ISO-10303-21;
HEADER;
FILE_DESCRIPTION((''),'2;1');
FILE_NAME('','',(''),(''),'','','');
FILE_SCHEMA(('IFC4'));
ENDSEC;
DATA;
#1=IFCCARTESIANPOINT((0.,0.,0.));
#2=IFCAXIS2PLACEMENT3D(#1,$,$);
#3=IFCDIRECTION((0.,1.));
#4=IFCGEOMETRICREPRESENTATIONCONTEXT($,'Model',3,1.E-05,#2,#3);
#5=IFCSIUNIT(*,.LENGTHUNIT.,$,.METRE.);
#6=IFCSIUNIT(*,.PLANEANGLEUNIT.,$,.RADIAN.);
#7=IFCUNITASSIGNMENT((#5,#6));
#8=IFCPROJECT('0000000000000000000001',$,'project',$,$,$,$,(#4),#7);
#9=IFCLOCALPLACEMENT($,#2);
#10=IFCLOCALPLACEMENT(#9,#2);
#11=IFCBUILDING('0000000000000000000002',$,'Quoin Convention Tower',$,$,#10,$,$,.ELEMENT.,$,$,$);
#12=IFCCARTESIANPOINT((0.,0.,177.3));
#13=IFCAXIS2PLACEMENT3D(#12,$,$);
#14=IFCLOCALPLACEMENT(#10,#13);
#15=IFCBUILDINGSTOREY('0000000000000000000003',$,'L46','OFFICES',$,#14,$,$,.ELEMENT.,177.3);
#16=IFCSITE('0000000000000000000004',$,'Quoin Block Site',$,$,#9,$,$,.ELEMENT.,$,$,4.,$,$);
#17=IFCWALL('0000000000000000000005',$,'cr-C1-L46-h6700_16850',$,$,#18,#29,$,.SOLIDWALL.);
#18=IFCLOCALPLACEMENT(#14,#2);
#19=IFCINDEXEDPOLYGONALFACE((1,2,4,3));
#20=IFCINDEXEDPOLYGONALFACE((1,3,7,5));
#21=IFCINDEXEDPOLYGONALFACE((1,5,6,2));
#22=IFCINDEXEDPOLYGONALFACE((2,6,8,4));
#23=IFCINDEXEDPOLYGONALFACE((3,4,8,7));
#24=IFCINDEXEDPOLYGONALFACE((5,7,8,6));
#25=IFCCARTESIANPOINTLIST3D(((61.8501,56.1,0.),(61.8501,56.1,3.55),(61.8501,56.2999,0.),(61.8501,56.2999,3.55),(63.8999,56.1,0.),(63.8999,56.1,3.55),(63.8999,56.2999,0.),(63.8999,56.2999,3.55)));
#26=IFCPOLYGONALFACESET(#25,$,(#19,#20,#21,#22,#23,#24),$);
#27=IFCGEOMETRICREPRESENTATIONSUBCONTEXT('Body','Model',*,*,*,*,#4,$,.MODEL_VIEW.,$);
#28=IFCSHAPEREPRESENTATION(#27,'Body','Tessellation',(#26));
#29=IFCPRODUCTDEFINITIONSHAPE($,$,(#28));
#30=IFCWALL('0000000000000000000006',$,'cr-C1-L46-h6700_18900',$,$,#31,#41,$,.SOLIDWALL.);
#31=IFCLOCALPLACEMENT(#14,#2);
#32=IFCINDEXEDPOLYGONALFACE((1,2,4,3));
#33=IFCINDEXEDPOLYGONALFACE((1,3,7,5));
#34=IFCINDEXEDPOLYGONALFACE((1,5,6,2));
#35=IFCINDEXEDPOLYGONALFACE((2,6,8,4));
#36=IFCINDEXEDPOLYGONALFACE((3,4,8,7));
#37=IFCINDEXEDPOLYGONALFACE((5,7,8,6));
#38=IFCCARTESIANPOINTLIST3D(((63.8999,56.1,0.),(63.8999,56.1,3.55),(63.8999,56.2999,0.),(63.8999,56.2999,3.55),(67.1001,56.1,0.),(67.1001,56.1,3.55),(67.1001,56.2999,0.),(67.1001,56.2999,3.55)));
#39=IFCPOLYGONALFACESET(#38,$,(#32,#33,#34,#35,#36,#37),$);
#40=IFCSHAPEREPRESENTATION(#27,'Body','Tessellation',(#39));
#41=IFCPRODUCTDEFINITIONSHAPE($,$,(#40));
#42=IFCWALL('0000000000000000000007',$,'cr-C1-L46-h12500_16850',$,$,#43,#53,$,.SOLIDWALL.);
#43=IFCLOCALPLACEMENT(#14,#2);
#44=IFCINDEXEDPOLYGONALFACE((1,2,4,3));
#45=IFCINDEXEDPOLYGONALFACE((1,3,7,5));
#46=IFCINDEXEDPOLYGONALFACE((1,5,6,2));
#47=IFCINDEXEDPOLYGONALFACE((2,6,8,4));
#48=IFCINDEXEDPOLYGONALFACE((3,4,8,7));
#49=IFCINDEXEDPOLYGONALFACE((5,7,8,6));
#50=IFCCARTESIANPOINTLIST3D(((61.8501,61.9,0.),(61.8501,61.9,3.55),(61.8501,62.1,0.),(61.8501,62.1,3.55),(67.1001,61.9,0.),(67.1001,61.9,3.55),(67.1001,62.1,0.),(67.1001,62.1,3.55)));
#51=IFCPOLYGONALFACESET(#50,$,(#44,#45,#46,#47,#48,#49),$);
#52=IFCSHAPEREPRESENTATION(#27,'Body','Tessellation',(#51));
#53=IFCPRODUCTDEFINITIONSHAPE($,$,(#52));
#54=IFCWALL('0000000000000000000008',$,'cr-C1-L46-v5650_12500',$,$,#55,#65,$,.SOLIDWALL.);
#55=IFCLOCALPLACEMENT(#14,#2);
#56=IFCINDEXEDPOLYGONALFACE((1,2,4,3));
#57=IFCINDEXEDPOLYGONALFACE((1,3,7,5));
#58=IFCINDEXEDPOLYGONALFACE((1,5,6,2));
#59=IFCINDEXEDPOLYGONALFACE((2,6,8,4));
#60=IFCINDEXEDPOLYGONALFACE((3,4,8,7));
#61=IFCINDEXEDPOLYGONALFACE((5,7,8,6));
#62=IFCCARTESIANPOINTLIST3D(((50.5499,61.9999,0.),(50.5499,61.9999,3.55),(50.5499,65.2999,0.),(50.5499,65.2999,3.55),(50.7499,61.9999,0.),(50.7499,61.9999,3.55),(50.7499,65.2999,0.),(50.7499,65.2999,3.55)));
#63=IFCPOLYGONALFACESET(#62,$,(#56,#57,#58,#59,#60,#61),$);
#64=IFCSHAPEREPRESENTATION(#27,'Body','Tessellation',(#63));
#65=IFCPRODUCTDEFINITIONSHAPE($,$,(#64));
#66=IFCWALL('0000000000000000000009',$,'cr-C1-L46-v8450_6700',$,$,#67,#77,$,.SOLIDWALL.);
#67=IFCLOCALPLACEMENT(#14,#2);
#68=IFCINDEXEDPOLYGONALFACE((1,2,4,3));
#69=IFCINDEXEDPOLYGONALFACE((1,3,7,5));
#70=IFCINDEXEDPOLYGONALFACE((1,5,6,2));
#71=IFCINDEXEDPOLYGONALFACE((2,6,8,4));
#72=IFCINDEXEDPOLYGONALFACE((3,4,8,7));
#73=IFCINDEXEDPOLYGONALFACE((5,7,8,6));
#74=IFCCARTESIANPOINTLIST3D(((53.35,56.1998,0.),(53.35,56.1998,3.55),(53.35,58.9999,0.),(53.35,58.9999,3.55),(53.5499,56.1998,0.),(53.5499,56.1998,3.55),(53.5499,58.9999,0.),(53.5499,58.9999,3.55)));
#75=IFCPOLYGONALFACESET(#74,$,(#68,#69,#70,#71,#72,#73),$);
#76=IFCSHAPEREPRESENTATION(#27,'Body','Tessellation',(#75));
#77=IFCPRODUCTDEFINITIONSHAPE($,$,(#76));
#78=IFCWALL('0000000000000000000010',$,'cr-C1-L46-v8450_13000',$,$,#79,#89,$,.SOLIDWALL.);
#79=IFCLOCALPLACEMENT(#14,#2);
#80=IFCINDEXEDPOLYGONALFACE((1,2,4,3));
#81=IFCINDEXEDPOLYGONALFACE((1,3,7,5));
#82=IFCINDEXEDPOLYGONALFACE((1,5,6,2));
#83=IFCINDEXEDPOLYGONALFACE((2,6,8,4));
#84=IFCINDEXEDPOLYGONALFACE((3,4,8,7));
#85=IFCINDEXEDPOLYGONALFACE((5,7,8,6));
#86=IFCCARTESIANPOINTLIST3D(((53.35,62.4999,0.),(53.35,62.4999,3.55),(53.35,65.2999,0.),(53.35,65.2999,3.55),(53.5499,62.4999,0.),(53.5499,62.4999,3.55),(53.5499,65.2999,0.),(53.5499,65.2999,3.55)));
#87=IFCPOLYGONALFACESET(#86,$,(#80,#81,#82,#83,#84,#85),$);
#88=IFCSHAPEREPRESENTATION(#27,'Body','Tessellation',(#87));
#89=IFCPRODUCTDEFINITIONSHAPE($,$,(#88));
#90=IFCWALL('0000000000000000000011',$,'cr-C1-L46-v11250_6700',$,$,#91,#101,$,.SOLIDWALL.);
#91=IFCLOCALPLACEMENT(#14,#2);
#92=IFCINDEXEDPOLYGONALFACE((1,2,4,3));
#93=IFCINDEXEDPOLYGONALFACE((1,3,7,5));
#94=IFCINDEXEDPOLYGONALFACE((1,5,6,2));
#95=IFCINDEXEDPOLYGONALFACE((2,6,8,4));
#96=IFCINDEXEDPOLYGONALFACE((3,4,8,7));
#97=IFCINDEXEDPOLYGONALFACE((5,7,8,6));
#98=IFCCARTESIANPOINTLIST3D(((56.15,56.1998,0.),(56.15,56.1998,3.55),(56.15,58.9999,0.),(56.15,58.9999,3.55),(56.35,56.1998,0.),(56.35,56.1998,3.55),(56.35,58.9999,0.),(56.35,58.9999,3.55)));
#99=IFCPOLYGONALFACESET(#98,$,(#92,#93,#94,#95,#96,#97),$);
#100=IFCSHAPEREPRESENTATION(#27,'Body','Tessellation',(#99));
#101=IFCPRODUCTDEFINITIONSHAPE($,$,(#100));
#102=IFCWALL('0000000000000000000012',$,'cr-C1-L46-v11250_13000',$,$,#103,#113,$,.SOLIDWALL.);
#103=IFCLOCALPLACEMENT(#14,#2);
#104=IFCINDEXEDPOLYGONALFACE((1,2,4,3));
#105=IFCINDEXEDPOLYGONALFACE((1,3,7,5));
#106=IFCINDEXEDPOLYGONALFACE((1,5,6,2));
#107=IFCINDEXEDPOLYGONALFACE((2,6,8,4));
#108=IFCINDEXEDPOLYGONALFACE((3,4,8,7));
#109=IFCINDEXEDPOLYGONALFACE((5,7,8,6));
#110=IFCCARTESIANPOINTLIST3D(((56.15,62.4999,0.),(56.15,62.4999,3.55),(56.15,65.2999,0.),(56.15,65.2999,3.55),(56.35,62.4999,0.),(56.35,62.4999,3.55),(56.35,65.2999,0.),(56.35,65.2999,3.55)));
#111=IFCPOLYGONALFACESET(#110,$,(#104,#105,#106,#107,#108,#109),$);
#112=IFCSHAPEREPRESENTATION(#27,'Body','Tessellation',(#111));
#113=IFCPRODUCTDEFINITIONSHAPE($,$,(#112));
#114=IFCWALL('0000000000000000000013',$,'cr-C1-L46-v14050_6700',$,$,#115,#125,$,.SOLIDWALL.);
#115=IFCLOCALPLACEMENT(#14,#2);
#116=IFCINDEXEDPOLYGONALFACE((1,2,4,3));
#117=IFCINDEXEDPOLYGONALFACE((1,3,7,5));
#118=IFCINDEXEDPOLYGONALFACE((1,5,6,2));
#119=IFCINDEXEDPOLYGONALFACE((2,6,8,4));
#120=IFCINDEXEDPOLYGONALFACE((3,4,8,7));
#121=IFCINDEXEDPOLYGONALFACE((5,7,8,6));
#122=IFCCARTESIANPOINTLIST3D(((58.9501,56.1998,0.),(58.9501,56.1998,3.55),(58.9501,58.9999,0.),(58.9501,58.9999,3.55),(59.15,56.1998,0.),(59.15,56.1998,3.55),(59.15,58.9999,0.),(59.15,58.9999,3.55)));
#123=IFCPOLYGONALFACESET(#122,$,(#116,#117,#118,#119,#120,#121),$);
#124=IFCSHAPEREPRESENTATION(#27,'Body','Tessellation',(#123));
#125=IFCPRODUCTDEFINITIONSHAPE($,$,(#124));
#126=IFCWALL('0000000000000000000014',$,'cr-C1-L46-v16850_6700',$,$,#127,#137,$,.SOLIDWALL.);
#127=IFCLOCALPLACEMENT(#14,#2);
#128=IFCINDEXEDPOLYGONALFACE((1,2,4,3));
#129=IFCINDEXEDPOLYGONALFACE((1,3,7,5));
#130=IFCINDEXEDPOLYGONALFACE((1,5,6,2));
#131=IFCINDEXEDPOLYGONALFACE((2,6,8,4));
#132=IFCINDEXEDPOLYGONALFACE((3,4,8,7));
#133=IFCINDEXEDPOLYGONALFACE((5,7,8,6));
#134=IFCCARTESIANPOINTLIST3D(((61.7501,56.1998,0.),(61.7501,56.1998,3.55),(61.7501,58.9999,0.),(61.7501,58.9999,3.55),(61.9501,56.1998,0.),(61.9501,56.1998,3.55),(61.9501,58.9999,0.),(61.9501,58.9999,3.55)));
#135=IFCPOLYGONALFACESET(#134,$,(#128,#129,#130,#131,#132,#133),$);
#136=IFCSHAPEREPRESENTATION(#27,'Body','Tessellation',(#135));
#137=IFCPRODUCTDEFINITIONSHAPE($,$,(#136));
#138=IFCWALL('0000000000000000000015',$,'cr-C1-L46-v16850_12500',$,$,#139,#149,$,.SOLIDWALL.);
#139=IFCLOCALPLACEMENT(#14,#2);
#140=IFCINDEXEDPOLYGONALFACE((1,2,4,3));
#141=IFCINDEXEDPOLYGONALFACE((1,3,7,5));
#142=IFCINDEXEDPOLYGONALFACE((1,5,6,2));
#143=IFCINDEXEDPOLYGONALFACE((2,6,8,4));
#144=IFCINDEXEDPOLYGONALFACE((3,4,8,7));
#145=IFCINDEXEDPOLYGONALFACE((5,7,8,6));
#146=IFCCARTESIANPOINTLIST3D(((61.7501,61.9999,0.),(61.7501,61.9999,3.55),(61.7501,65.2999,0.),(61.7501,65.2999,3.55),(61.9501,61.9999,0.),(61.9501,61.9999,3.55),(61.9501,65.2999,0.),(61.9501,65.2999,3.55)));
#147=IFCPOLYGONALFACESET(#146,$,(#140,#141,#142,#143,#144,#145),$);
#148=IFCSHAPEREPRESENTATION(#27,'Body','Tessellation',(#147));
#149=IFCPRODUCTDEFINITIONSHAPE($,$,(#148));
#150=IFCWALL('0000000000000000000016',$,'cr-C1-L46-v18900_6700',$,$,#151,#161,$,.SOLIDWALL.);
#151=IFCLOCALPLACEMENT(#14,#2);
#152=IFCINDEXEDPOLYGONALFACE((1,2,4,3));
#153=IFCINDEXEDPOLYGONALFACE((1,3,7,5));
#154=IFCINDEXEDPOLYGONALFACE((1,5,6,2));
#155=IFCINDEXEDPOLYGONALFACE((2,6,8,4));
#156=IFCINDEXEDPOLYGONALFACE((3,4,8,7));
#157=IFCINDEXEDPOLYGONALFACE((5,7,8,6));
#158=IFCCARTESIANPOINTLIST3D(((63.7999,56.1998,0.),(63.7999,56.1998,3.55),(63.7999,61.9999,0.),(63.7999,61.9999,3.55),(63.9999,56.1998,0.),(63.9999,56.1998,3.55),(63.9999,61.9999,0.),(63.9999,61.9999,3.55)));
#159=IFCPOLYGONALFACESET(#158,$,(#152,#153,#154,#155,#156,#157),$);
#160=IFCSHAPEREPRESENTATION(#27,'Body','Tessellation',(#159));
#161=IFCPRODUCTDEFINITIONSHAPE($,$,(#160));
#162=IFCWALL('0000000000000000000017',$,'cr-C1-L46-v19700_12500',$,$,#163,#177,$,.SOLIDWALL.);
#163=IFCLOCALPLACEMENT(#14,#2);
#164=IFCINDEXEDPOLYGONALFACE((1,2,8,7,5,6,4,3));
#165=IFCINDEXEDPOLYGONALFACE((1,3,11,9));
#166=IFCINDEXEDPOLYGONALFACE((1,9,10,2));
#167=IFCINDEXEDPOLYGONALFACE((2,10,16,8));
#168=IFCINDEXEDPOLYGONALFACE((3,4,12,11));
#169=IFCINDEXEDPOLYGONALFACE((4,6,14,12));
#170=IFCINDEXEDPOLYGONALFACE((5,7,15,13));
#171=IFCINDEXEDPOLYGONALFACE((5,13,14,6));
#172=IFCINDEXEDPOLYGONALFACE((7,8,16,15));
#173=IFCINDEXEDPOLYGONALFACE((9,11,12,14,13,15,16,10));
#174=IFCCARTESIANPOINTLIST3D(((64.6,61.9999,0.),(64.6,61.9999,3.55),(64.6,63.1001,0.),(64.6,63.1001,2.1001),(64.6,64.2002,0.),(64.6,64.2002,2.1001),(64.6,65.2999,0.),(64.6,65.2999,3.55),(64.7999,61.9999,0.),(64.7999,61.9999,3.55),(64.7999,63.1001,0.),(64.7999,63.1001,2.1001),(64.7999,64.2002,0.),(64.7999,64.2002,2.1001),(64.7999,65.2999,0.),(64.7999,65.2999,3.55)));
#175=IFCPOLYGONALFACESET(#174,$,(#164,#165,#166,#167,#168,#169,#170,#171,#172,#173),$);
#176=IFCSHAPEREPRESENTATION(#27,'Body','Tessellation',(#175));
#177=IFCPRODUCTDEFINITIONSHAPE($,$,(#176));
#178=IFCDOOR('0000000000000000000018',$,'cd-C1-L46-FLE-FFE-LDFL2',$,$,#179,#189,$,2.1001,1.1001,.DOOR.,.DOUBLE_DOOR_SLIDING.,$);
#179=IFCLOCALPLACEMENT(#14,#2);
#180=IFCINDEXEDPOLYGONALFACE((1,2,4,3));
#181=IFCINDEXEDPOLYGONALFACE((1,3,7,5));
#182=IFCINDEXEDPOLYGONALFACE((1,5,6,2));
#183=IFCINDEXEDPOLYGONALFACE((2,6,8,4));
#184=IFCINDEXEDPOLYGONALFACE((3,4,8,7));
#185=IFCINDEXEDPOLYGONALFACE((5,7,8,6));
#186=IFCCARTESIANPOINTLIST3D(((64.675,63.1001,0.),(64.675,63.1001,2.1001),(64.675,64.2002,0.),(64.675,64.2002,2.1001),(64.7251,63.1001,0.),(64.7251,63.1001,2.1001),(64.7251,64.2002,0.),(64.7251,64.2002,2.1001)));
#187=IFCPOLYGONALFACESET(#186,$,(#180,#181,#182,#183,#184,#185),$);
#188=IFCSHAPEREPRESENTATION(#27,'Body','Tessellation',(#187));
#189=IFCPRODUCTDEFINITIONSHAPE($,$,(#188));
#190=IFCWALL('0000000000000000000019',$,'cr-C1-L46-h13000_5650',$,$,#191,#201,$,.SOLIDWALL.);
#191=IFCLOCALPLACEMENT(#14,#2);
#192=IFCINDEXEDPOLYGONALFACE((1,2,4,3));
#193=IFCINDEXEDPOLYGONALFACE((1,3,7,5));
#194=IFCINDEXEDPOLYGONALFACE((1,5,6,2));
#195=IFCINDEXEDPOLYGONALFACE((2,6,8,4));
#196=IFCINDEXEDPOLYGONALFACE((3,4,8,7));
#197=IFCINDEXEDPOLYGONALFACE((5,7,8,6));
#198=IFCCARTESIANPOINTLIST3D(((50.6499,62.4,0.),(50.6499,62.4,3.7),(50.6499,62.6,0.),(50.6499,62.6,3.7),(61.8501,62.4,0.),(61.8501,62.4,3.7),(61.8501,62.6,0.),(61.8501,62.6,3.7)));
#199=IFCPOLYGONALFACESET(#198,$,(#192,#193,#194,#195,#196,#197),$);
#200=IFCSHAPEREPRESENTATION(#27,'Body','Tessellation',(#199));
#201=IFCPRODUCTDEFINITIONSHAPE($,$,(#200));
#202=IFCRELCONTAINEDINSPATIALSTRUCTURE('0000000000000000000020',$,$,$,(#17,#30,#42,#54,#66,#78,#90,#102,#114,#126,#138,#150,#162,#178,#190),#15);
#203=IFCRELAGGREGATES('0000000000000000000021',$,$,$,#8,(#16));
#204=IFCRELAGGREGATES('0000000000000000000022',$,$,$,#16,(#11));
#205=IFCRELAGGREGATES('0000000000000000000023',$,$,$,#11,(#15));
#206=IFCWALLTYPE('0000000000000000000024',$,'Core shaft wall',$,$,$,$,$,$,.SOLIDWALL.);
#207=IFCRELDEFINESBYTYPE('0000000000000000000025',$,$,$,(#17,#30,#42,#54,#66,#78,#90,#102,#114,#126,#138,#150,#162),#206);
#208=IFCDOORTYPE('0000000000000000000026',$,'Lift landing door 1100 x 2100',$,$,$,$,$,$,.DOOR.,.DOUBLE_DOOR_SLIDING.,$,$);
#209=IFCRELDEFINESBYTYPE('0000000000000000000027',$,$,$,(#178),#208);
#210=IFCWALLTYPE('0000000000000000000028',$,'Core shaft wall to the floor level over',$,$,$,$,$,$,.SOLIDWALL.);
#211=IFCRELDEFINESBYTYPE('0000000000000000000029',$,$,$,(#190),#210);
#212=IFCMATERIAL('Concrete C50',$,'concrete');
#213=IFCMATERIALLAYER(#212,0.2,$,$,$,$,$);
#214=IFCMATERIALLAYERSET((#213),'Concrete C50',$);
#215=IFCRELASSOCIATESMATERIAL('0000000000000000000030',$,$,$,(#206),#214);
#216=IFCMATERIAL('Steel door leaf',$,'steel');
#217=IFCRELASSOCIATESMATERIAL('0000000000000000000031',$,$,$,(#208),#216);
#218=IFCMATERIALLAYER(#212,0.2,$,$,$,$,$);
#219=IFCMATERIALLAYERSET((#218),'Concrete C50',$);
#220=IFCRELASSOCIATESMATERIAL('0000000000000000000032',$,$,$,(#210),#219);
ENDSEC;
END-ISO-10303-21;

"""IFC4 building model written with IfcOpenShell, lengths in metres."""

from ifc_helpers import new_model, si_unit, direction, frame, frame_2d, origin, place, context, subcontext, project, spatial, rectangle, extrude, material, layer, layer_set, type_object, element, fill, save


model = new_model("IFC4")

# Units and contexts
model_context = context("Model", 3, precision=1e-05, world=origin(), true_north=direction((0.0, 1.0)))
body_context = subcontext(model_context, "Body", "Model", "MODEL_VIEW")
ifc_project = project(units=[si_unit("LENGTHUNIT", "METRE"), si_unit("PLANEANGLEUNIT", "RADIAN")], contexts=[model_context])

# Site, building, storey
site_placement = place(None, origin())
site = spatial("IfcSite", under=ifc_project, at=site_placement, Name="Quoin Block Site", CompositionType="ELEMENT", RefElevation=4.0)
building_placement = place(site_placement, origin())
building = spatial("IfcBuilding", under=site, at=building_placement, Name="Quoin Convention Tower", CompositionType="ELEMENT")
storey_placement = place(building_placement, frame((0.0, 0.0, 177.3)))
storey = spatial("IfcBuildingStorey", under=building, at=storey_placement, Name="L46", Description="OFFICES", CompositionType="ELEMENT", Elevation=177.3)

# Walls
ifc_material_1 = material(Name="Concrete C50", Category="concrete")
ifc_layer_1 = layer(ifc_material_1, 0.2)
ifc_layer_set_1 = layer_set([ifc_layer_1], Name="Concrete C50")
wall_type_1 = type_object("IfcWallType", Name="Core shaft wall", PredefinedType="SOLIDWALL", material=ifc_layer_set_1)
wall_1_placement = place(storey_placement, frame((61.8501, 56.2, 0.0), z_axis=(0.0, 0.0, 1.0), x_axis=(1.0, 0.0, 0.0)))
element("IfcWall", 1, at=wall_1_placement, inside=storey, type_object=wall_type_1, Name="cr-C1-L46-h6700_16850", PredefinedType="SOLIDWALL", context=body_context, shape_type="SweptSolid", body=[
    extrude(rectangle(XDim=2.0498, YDim=0.2, at=frame_2d((1.0249, 0.0))), origin(), (0.0, 0.0, 1.0), 3.55),
])
wall_2_placement = place(storey_placement, frame((63.8999, 56.2, 0.0), z_axis=(0.0, 0.0, 1.0), x_axis=(1.0, 0.0, 0.0)))
element("IfcWall", 2, at=wall_2_placement, inside=storey, type_object=wall_type_1, Name="cr-C1-L46-h6700_18900", PredefinedType="SOLIDWALL", context=body_context, shape_type="SweptSolid", body=[
    extrude(rectangle(XDim=3.2002, YDim=0.2, at=frame_2d((1.6001, 0.0))), origin(), (0.0, 0.0, 1.0), 3.55),
])
wall_3_placement = place(storey_placement, frame((61.8501, 62.0, 0.0), z_axis=(0.0, 0.0, 1.0), x_axis=(1.0, 0.0, 0.0)))
element("IfcWall", 3, at=wall_3_placement, inside=storey, type_object=wall_type_1, Name="cr-C1-L46-h12500_16850", PredefinedType="SOLIDWALL", context=body_context, shape_type="SweptSolid", body=[
    extrude(rectangle(XDim=5.25, YDim=0.2, at=frame_2d((2.625, 0.0))), origin(), (0.0, 0.0, 1.0), 3.55),
])
wall_4_placement = place(storey_placement, frame((50.6499, 62.0, 0.0), z_axis=(0.0, 0.0, 1.0), x_axis=(0.0, 1.0, 0.0)))
element("IfcWall", 4, at=wall_4_placement, inside=storey, type_object=wall_type_1, Name="cr-C1-L46-v5650_12500", PredefinedType="SOLIDWALL", context=body_context, shape_type="SweptSolid", body=[
    extrude(rectangle(XDim=3.3, YDim=0.2, at=frame_2d((1.6499, 0.0))), origin(), (0.0, 0.0, 1.0), 3.55),
])
for number, where, z_axis, x_axis, name in (
    (5, (53.45, 56.2, 0.0), (0.0, 0.0, 1.0), (0.0, 1.0, 0.0), "cr-C1-L46-v8450_6700"),
    (6, (53.45, 62.5, 0.0), (0.0, 0.0, 1.0), (0.0, 1.0, 0.0), "cr-C1-L46-v8450_13000"),
    (7, (56.25, 56.2, 0.0), (0.0, 0.0, 1.0), (0.0, 1.0, 0.0), "cr-C1-L46-v11250_6700"),
    (8, (56.25, 62.5, 0.0), (0.0, 0.0, 1.0), (0.0, 1.0, 0.0), "cr-C1-L46-v11250_13000"),
    (9, (59.05, 56.2, 0.0), (0.0, 0.0, 1.0), (0.0, 1.0, 0.0), "cr-C1-L46-v14050_6700"),
    (10, (61.8501, 56.2, 0.0), (0.0, 0.0, 1.0), (0.0, 1.0, 0.0), "cr-C1-L46-v16850_6700"),
):
    element("IfcWall", number, at=place(storey_placement, frame(where, z_axis=z_axis, x_axis=x_axis)), inside=storey, type_object=wall_type_1, Name=name, PredefinedType="SOLIDWALL", context=body_context, shape_type="SweptSolid", body=[
        extrude(rectangle(XDim=2.8, YDim=0.2, at=frame_2d((1.3999, 0.0))), origin(), (0.0, 0.0, 1.0), 3.55),
    ])
wall_5_placement = place(storey_placement, frame((61.8501, 62.0, 0.0), z_axis=(0.0, 0.0, 1.0), x_axis=(0.0, 1.0, 0.0)))
element("IfcWall", 11, at=wall_5_placement, inside=storey, type_object=wall_type_1, Name="cr-C1-L46-v16850_12500", PredefinedType="SOLIDWALL", context=body_context, shape_type="SweptSolid", body=[
    extrude(rectangle(XDim=3.3, YDim=0.2, at=frame_2d((1.6499, 0.0))), origin(), (0.0, 0.0, 1.0), 3.55),
])
wall_6_placement = place(storey_placement, frame((63.8999, 56.2, 0.0), z_axis=(0.0, 0.0, 1.0), x_axis=(0.0, 1.0, 0.0)))
element("IfcWall", 12, at=wall_6_placement, inside=storey, type_object=wall_type_1, Name="cr-C1-L46-v18900_6700", PredefinedType="SOLIDWALL", context=body_context, shape_type="SweptSolid", body=[
    extrude(rectangle(XDim=5.8, YDim=0.2, at=frame_2d((2.8999, 0.0))), origin(), (0.0, 0.0, 1.0), 3.55),
])

# Wall, opening, door
wall_7_placement = place(storey_placement, frame((64.7, 62.0, 0.0), z_axis=(0.0, 0.0, 1.0), x_axis=(0.0, 1.0, 0.0)))
wall_7 = element("IfcWall", 13, at=wall_7_placement, inside=storey, type_object=wall_type_1, Name="cr-C1-L46-v19700_12500", PredefinedType="SOLIDWALL", context=body_context, shape_type="SweptSolid", body=[
    extrude(rectangle(XDim=3.3, YDim=0.2, at=frame_2d((1.6499, 0.0))), origin(), (0.0, 0.0, 1.0), 3.55),
])
opening_placement = place(wall_7_placement, frame((1.1001, 0.0, 0.0)))
opening = element("IfcOpeningElement", 14, at=opening_placement, cuts=wall_7, PredefinedType="OPENING", context=body_context, shape_type="SweptSolid", body=[
    extrude(rectangle(XDim=1.1001, YDim=2.1001, at=frame_2d((0.55, 1.05))), frame((0.0, 0.1099, 0.0), z_axis=(0.0, -1.0, 0.0), x_axis=(1.0, 0.0, 0.0)), (0.0, 0.0, 1.0), 0.22),
])
ifc_material_2 = material(Name="Steel door leaf", Category="steel")
door_type = type_object("IfcDoorType", Name="Lift landing door 1100 x 2100", OperationType="DOUBLE_DOOR_SLIDING", PredefinedType="DOOR", material=ifc_material_2)
door_placement = place(opening_placement, origin())
door = element("IfcDoor", 15, at=door_placement, inside=storey, type_object=door_type, Name="cd-C1-L46-FLE-FFE-LDFL2", OperationType="DOUBLE_DOOR_SLIDING", OverallHeight=2.1001, OverallWidth=1.1001, PredefinedType="DOOR", context=body_context, shape_type="SweptSolid", body=[
    extrude(rectangle(XDim=1.1001, YDim=2.1001, at=frame_2d((0.55, 1.05))), frame((0.0, 0.0249, 0.0), z_axis=(0.0, -1.0, 0.0), x_axis=(1.0, 0.0, 0.0)), (0.0, 0.0, 1.0), 0.05),
])
fill(opening, door)

# Wall
ifc_layer_2 = layer(ifc_material_1, 0.2)
ifc_layer_set_2 = layer_set([ifc_layer_2], Name="Concrete C50")
wall_type_2 = type_object("IfcWallType", Name="Core shaft wall to the floor level over", PredefinedType="SOLIDWALL", material=ifc_layer_set_2)
wall_8_placement = place(storey_placement, frame((50.6499, 62.5, 0.0), z_axis=(0.0, 0.0, 1.0), x_axis=(1.0, 0.0, 0.0)))
element("IfcWall", 16, at=wall_8_placement, inside=storey, type_object=wall_type_2, Name="cr-C1-L46-h13000_5650", PredefinedType="SOLIDWALL", context=body_context, shape_type="SweptSolid", body=[
    extrude(rectangle(XDim=11.2002, YDim=0.2, at=frame_2d((5.6001, 0.0))), origin(), (0.0, 0.0, 1.0), 3.7),
])

save(model, "model.ifc")
